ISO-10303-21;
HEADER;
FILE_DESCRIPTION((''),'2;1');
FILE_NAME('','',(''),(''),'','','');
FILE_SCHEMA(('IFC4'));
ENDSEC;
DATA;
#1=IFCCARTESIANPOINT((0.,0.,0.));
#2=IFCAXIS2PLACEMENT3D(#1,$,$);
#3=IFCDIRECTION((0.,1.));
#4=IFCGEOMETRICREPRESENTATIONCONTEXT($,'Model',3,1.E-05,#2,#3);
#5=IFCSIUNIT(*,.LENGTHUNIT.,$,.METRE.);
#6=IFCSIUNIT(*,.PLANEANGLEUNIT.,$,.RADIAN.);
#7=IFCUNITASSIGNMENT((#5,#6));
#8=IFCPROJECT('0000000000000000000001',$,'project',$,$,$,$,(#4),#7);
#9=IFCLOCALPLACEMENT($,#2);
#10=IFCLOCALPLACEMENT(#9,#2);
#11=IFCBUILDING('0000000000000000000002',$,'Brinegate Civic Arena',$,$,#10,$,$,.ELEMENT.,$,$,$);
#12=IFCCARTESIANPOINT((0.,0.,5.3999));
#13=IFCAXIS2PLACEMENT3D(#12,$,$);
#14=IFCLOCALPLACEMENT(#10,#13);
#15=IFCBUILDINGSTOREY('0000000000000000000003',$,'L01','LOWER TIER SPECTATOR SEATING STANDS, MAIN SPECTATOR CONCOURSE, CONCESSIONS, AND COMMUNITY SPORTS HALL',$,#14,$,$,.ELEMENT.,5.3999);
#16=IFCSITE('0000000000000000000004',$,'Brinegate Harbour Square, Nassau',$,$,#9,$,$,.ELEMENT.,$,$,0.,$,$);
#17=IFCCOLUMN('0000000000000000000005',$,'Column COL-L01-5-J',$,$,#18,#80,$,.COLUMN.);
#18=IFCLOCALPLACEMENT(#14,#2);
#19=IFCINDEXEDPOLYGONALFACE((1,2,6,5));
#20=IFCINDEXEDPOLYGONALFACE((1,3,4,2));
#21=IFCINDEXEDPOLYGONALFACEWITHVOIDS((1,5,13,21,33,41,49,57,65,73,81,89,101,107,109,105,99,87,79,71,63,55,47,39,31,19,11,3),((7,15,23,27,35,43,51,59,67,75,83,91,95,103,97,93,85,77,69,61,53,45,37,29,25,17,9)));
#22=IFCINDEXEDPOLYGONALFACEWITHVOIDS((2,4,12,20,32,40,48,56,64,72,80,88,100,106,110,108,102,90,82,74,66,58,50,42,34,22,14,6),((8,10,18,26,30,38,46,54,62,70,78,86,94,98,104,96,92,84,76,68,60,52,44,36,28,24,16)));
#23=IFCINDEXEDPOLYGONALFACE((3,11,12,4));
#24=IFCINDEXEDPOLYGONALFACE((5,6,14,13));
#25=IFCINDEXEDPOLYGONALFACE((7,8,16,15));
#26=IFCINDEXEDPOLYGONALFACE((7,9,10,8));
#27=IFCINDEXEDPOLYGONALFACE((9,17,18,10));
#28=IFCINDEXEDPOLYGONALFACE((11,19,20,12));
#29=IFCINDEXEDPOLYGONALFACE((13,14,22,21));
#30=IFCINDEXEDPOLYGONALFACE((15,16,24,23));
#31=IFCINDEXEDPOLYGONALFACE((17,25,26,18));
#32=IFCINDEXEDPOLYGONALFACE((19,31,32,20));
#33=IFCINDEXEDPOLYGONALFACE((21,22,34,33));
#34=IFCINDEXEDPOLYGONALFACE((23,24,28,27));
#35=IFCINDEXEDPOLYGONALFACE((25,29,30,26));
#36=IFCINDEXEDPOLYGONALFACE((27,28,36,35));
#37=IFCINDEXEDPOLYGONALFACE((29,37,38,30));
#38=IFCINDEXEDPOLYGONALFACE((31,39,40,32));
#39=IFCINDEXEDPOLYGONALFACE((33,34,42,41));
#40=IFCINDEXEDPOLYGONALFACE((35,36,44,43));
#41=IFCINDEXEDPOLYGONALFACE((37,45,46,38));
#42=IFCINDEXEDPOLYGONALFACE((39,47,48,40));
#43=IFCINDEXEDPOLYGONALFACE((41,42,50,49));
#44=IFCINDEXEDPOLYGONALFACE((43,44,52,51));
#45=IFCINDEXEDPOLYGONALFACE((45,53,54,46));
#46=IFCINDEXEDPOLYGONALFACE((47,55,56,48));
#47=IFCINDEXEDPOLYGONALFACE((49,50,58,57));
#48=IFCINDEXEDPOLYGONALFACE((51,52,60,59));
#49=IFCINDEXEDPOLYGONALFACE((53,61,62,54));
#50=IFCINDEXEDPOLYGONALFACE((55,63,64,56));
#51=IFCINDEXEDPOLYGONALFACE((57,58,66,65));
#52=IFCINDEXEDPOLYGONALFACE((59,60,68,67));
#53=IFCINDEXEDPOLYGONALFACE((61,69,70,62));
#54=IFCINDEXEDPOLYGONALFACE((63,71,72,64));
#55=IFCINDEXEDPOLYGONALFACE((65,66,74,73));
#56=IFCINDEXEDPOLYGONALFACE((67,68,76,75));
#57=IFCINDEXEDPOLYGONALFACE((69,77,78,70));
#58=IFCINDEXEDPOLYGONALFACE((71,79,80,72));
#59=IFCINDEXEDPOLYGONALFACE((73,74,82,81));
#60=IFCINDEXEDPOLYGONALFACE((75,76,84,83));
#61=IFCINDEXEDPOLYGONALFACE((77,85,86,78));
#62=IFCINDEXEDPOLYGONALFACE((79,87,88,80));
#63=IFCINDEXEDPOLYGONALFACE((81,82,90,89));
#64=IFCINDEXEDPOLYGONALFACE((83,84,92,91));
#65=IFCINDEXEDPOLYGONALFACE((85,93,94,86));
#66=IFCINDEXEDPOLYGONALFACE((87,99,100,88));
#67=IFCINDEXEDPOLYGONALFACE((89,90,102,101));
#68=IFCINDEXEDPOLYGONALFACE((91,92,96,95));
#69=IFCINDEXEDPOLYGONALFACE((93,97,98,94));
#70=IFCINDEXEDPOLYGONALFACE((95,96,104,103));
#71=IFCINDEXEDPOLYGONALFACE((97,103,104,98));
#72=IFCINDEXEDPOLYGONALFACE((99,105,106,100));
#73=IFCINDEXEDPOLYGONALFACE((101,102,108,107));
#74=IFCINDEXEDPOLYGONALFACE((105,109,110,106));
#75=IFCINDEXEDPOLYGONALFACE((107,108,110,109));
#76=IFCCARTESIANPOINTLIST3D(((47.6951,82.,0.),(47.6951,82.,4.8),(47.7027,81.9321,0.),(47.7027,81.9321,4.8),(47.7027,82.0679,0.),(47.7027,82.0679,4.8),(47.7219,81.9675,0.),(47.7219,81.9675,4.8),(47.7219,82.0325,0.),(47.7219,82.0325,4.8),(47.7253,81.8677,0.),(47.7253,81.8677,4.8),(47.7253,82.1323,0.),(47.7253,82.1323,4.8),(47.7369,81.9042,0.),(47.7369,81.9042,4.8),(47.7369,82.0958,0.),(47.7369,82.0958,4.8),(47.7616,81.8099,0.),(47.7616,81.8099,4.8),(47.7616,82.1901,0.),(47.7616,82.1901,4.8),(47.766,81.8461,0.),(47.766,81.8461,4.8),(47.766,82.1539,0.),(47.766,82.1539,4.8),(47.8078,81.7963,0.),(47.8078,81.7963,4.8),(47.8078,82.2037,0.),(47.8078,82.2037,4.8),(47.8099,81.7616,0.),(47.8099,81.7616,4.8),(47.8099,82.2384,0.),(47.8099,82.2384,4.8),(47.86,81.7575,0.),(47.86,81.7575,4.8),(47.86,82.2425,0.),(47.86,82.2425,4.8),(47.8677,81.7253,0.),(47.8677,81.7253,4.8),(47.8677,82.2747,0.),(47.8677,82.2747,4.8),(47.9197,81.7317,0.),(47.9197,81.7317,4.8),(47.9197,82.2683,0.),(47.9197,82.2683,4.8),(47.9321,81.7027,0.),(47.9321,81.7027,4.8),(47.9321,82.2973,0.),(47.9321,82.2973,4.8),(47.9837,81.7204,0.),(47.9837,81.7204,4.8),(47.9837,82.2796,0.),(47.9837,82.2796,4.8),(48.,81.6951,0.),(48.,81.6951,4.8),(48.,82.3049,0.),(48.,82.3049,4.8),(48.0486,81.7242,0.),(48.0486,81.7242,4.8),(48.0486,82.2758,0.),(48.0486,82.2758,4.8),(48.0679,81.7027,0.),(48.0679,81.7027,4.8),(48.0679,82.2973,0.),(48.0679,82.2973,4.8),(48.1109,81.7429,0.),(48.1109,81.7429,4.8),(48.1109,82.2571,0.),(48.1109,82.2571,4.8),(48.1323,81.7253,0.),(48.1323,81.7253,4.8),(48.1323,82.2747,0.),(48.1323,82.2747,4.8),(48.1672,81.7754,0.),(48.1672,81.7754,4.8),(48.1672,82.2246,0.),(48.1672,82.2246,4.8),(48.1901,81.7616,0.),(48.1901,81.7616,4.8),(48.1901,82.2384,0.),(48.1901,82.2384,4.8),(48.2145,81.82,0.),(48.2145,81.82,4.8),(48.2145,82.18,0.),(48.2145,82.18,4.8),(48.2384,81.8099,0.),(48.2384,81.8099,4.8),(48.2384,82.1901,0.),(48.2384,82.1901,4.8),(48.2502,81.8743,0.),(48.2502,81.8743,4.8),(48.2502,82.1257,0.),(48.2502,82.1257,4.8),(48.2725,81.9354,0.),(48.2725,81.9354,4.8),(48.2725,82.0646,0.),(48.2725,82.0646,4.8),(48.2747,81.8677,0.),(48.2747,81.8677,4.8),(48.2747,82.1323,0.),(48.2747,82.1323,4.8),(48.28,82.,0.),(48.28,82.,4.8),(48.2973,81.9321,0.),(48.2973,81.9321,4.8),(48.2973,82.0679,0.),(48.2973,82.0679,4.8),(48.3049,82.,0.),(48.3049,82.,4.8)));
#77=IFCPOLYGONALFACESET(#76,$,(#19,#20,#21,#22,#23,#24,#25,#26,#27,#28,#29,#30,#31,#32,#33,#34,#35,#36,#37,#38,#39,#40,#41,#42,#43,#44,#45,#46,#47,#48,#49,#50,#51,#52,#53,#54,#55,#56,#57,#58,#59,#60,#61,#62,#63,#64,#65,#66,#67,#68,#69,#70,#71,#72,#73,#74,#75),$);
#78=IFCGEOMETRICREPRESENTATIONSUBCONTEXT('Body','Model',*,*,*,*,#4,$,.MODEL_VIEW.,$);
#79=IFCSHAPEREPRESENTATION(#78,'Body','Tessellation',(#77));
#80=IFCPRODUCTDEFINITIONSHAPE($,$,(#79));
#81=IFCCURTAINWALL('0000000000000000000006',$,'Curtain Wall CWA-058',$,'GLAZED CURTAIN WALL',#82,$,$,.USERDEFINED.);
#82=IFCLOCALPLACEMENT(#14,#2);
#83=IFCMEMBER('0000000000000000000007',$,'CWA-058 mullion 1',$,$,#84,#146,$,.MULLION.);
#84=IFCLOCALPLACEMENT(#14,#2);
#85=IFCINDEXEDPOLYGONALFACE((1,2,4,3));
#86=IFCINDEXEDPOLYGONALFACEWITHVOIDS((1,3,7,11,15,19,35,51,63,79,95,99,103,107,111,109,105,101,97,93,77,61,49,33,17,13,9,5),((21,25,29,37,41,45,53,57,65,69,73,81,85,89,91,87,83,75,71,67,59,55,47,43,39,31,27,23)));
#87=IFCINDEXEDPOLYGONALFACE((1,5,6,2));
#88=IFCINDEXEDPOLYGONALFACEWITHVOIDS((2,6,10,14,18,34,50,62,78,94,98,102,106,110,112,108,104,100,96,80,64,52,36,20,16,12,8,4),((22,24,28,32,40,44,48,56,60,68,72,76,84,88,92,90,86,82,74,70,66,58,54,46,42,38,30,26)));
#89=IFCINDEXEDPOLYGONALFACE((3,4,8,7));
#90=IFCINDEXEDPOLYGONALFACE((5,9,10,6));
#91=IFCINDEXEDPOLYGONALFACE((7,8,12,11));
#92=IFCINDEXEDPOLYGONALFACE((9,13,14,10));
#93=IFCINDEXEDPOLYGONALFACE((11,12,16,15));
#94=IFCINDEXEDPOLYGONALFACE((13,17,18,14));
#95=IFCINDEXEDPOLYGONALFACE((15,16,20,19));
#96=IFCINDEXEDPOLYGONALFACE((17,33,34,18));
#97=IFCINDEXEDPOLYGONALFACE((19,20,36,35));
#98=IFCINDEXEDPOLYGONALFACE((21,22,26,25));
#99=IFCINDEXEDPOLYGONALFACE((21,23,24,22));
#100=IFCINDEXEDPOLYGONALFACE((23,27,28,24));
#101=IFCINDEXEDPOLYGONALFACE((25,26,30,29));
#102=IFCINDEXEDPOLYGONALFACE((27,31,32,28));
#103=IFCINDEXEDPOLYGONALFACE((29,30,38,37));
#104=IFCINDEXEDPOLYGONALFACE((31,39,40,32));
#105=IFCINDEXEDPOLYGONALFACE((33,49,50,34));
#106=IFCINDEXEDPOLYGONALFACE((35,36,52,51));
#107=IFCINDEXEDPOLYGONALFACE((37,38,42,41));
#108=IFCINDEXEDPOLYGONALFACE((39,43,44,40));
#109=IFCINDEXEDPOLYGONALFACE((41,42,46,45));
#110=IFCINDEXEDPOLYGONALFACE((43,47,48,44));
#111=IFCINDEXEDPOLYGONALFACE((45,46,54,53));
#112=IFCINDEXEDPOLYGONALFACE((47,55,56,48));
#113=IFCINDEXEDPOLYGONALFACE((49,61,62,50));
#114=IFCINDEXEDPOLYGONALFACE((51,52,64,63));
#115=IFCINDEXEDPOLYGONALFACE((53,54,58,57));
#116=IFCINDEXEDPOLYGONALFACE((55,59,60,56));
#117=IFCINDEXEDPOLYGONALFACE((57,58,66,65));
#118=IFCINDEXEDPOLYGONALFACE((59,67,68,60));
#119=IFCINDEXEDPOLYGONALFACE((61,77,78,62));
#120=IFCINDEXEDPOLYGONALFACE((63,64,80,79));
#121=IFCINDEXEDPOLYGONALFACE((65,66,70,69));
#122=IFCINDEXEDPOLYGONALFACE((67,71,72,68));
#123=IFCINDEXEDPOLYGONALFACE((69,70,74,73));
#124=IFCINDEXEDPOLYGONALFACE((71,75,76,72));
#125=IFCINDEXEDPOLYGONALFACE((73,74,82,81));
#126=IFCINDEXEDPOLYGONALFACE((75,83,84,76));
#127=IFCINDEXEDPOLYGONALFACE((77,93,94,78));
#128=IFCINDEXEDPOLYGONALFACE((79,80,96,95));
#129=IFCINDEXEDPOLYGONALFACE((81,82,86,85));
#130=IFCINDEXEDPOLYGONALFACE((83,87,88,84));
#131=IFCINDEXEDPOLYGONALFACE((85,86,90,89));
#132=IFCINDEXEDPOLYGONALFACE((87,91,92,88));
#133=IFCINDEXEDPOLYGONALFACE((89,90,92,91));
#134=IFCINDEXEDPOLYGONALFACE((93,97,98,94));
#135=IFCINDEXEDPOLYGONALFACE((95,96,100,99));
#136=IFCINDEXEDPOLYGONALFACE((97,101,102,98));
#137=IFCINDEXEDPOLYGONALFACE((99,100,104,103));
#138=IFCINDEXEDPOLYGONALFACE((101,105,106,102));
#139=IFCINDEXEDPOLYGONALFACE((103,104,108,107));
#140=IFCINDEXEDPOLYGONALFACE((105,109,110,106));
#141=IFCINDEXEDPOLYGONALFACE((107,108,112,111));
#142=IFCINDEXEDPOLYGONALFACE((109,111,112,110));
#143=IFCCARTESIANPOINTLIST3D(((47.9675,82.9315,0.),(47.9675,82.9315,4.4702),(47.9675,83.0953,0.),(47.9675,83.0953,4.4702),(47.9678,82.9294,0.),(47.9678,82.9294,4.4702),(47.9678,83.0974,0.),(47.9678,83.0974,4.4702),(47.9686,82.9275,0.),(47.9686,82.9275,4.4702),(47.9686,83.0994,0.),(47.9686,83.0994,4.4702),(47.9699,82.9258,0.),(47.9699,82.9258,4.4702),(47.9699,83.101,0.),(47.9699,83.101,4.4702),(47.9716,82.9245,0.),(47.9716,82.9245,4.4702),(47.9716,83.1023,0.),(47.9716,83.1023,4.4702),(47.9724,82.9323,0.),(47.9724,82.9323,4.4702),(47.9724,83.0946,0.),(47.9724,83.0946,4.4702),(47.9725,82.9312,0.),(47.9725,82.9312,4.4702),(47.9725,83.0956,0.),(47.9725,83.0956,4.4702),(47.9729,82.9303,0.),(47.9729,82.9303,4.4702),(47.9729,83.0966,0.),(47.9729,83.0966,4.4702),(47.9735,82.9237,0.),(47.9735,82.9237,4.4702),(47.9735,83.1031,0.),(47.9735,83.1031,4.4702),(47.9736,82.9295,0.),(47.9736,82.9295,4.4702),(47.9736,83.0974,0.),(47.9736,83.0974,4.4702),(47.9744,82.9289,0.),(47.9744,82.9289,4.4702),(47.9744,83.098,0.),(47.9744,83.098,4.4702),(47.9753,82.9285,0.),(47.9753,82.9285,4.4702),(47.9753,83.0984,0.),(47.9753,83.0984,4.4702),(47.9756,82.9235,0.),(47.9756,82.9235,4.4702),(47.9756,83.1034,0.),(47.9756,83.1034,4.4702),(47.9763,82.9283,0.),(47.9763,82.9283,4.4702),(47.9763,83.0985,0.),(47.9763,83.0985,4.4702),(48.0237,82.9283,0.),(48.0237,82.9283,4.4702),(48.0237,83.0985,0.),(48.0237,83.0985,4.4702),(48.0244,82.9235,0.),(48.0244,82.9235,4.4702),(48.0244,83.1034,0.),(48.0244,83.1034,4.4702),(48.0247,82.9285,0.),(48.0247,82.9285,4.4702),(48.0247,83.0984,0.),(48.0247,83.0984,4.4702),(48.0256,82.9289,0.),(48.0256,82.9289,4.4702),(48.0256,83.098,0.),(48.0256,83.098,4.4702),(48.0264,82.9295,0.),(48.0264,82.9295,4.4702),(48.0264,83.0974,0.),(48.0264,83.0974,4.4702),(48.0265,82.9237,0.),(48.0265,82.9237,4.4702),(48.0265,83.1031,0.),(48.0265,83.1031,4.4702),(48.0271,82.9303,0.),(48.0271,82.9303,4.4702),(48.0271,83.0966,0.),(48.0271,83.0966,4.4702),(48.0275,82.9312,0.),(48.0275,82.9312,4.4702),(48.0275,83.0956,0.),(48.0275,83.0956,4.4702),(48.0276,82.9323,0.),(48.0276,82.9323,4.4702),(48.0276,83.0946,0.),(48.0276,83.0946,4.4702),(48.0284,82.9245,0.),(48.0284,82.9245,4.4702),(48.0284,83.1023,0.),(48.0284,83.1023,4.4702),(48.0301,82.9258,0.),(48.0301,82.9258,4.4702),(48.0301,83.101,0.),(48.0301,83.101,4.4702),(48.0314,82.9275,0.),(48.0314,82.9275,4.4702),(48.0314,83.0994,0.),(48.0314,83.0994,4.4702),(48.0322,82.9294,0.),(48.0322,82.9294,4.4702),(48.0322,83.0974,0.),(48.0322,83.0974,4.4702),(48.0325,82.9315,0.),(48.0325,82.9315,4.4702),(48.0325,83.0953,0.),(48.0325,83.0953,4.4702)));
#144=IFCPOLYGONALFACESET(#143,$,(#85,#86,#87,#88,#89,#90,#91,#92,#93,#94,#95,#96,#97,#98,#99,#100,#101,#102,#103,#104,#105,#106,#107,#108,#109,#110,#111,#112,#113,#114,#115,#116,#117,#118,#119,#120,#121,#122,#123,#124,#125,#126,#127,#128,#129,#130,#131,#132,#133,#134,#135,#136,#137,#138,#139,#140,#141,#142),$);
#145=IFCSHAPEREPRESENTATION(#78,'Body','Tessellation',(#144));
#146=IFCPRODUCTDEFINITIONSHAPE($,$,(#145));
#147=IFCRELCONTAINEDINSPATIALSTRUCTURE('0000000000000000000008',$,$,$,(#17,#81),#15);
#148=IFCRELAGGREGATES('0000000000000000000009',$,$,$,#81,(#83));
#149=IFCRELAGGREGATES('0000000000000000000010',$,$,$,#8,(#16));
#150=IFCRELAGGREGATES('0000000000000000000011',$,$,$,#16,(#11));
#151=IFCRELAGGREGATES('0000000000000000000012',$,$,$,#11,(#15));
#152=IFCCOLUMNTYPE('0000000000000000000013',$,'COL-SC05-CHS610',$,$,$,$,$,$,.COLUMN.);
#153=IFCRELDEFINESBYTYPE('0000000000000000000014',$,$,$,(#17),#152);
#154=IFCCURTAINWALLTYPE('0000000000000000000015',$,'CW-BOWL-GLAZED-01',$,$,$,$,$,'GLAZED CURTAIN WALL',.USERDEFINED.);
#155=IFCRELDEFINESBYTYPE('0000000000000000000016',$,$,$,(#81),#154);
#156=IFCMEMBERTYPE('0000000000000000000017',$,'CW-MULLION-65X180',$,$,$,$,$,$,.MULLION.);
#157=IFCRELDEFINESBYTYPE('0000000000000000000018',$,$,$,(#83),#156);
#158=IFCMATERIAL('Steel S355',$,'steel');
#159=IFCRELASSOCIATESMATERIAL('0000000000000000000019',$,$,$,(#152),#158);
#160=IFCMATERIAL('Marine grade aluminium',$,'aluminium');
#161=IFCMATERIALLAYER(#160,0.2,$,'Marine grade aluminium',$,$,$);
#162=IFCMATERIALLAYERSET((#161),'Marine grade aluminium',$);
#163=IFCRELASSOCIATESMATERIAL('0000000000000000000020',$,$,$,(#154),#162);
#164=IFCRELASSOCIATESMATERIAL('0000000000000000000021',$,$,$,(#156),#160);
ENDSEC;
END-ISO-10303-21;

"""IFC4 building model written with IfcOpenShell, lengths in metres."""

from ifc_helpers import new_model, si_unit, direction, frame, origin, origin_2d, place, context, subcontext, project, spatial, hollow_rectangle, hollow_circle, extrude, material, layer, layer_set, material_profile, profile_set, type_object, element, aggregate, save


model = new_model("IFC4")

# Units and contexts
model_context = context("Model", 3, precision=1e-05, world=origin(), true_north=direction((0.0, 1.0)))
body_context = subcontext(model_context, "Body", "Model", "MODEL_VIEW")
ifc_project = project(units=[si_unit("LENGTHUNIT", "METRE"), si_unit("PLANEANGLEUNIT", "RADIAN")], contexts=[model_context])

# Site, building, storey
site_placement = place(None, origin())
site = spatial("IfcSite", under=ifc_project, at=site_placement, Name="Brinegate Harbour Square, Nassau", CompositionType="ELEMENT", RefElevation=0.0)
building_placement = place(site_placement, origin())
building = spatial("IfcBuilding", under=site, at=building_placement, Name="Brinegate Civic Arena", CompositionType="ELEMENT")
storey_placement = place(building_placement, frame((0.0, 0.0, 5.3999)))
storey = spatial("IfcBuildingStorey", under=building, at=storey_placement, Name="L01", Description="LOWER TIER SPECTATOR SEATING STANDS, MAIN SPECTATOR CONCOURSE, CONCESSIONS, AND COMMUNITY SPORTS HALL", CompositionType="ELEMENT", Elevation=5.3999)

# Column
ifc_material_1 = material(Name="Steel S355", Category="steel")
ifc_material_profile_1 = material_profile(ifc_material_1, hollow_circle(Radius=0.3049, WallThickness=0.0249, at=origin_2d()), Name="CHS610X25")
ifc_profile_set_1 = profile_set([ifc_material_profile_1], Name="Steel S355")
column_type = type_object("IfcColumnType", Name="COL-SC05-CHS610", PredefinedType="COLUMN", material=ifc_profile_set_1)
column_placement = place(storey_placement, frame((48.0, 82.0, 0.0), z_axis=(0.0, 0.0, 1.0), x_axis=(1.0, 0.0, 0.0)))
element("IfcColumn", 1, at=column_placement, inside=storey, type_object=column_type, Name="Column COL-L01-5-J", PredefinedType="COLUMN", context=body_context, shape_type="SweptSolid", body=[
    extrude(hollow_circle(Radius=0.3049, WallThickness=0.0249, at=origin_2d()), origin(), (0.0, 0.0, 1.0), 4.8),
])

# Curtain wall, member
ifc_material_2 = material(Name="Marine grade aluminium", Category="aluminium")
ifc_layer_1 = layer(ifc_material_2, 0.2, Name="Marine grade aluminium")
ifc_layer_set_1 = layer_set([ifc_layer_1], Name="Marine grade aluminium")
curtain_wall_type = type_object("IfcCurtainWallType", Name="CW-BOWL-GLAZED-01", ElementType="GLAZED CURTAIN WALL", PredefinedType="USERDEFINED", material=ifc_layer_set_1)
curtain_wall_1_placement = place(storey_placement, origin())
curtain_wall_1 = element("IfcCurtainWall", 2, at=curtain_wall_1_placement, inside=storey, type_object=curtain_wall_type, Name="Curtain Wall CWA-058", ObjectType="GLAZED CURTAIN WALL", PredefinedType="USERDEFINED")
ifc_material_profile_2 = material_profile(ifc_material_2, hollow_rectangle(XDim=0.0649, YDim=0.1799, WallThickness=0.0049, InnerFilletRadius=0.0039, OuterFilletRadius=0.0081, at=origin_2d()), Name="MUL65X180")
ifc_profile_set_2 = profile_set([ifc_material_profile_2], Name="Marine grade aluminium")
member_type_1 = type_object("IfcMemberType", Name="CW-MULLION-65X180", PredefinedType="MULLION", material=ifc_profile_set_2)
member_1_placement = place(storey_placement, frame((48.0, 83.0134, 0.0), z_axis=(0.0, 0.0, 1.0), x_axis=(-1.0, 0.0, 0.0)))
member_1 = element("IfcMember", 3, at=member_1_placement, type_object=member_type_1, Name="CWA-058 mullion 1", PredefinedType="MULLION", context=body_context, shape_type="SweptSolid", body=[
    extrude(hollow_rectangle(XDim=0.0649, YDim=0.1799, WallThickness=0.0049, InnerFilletRadius=0.0039, OuterFilletRadius=0.0081, at=origin_2d()), origin(), (0.0, 0.0, 1.0), 4.4702),
])

aggregate(curtain_wall_1, [member_1])

save(model, "model.ifc")
